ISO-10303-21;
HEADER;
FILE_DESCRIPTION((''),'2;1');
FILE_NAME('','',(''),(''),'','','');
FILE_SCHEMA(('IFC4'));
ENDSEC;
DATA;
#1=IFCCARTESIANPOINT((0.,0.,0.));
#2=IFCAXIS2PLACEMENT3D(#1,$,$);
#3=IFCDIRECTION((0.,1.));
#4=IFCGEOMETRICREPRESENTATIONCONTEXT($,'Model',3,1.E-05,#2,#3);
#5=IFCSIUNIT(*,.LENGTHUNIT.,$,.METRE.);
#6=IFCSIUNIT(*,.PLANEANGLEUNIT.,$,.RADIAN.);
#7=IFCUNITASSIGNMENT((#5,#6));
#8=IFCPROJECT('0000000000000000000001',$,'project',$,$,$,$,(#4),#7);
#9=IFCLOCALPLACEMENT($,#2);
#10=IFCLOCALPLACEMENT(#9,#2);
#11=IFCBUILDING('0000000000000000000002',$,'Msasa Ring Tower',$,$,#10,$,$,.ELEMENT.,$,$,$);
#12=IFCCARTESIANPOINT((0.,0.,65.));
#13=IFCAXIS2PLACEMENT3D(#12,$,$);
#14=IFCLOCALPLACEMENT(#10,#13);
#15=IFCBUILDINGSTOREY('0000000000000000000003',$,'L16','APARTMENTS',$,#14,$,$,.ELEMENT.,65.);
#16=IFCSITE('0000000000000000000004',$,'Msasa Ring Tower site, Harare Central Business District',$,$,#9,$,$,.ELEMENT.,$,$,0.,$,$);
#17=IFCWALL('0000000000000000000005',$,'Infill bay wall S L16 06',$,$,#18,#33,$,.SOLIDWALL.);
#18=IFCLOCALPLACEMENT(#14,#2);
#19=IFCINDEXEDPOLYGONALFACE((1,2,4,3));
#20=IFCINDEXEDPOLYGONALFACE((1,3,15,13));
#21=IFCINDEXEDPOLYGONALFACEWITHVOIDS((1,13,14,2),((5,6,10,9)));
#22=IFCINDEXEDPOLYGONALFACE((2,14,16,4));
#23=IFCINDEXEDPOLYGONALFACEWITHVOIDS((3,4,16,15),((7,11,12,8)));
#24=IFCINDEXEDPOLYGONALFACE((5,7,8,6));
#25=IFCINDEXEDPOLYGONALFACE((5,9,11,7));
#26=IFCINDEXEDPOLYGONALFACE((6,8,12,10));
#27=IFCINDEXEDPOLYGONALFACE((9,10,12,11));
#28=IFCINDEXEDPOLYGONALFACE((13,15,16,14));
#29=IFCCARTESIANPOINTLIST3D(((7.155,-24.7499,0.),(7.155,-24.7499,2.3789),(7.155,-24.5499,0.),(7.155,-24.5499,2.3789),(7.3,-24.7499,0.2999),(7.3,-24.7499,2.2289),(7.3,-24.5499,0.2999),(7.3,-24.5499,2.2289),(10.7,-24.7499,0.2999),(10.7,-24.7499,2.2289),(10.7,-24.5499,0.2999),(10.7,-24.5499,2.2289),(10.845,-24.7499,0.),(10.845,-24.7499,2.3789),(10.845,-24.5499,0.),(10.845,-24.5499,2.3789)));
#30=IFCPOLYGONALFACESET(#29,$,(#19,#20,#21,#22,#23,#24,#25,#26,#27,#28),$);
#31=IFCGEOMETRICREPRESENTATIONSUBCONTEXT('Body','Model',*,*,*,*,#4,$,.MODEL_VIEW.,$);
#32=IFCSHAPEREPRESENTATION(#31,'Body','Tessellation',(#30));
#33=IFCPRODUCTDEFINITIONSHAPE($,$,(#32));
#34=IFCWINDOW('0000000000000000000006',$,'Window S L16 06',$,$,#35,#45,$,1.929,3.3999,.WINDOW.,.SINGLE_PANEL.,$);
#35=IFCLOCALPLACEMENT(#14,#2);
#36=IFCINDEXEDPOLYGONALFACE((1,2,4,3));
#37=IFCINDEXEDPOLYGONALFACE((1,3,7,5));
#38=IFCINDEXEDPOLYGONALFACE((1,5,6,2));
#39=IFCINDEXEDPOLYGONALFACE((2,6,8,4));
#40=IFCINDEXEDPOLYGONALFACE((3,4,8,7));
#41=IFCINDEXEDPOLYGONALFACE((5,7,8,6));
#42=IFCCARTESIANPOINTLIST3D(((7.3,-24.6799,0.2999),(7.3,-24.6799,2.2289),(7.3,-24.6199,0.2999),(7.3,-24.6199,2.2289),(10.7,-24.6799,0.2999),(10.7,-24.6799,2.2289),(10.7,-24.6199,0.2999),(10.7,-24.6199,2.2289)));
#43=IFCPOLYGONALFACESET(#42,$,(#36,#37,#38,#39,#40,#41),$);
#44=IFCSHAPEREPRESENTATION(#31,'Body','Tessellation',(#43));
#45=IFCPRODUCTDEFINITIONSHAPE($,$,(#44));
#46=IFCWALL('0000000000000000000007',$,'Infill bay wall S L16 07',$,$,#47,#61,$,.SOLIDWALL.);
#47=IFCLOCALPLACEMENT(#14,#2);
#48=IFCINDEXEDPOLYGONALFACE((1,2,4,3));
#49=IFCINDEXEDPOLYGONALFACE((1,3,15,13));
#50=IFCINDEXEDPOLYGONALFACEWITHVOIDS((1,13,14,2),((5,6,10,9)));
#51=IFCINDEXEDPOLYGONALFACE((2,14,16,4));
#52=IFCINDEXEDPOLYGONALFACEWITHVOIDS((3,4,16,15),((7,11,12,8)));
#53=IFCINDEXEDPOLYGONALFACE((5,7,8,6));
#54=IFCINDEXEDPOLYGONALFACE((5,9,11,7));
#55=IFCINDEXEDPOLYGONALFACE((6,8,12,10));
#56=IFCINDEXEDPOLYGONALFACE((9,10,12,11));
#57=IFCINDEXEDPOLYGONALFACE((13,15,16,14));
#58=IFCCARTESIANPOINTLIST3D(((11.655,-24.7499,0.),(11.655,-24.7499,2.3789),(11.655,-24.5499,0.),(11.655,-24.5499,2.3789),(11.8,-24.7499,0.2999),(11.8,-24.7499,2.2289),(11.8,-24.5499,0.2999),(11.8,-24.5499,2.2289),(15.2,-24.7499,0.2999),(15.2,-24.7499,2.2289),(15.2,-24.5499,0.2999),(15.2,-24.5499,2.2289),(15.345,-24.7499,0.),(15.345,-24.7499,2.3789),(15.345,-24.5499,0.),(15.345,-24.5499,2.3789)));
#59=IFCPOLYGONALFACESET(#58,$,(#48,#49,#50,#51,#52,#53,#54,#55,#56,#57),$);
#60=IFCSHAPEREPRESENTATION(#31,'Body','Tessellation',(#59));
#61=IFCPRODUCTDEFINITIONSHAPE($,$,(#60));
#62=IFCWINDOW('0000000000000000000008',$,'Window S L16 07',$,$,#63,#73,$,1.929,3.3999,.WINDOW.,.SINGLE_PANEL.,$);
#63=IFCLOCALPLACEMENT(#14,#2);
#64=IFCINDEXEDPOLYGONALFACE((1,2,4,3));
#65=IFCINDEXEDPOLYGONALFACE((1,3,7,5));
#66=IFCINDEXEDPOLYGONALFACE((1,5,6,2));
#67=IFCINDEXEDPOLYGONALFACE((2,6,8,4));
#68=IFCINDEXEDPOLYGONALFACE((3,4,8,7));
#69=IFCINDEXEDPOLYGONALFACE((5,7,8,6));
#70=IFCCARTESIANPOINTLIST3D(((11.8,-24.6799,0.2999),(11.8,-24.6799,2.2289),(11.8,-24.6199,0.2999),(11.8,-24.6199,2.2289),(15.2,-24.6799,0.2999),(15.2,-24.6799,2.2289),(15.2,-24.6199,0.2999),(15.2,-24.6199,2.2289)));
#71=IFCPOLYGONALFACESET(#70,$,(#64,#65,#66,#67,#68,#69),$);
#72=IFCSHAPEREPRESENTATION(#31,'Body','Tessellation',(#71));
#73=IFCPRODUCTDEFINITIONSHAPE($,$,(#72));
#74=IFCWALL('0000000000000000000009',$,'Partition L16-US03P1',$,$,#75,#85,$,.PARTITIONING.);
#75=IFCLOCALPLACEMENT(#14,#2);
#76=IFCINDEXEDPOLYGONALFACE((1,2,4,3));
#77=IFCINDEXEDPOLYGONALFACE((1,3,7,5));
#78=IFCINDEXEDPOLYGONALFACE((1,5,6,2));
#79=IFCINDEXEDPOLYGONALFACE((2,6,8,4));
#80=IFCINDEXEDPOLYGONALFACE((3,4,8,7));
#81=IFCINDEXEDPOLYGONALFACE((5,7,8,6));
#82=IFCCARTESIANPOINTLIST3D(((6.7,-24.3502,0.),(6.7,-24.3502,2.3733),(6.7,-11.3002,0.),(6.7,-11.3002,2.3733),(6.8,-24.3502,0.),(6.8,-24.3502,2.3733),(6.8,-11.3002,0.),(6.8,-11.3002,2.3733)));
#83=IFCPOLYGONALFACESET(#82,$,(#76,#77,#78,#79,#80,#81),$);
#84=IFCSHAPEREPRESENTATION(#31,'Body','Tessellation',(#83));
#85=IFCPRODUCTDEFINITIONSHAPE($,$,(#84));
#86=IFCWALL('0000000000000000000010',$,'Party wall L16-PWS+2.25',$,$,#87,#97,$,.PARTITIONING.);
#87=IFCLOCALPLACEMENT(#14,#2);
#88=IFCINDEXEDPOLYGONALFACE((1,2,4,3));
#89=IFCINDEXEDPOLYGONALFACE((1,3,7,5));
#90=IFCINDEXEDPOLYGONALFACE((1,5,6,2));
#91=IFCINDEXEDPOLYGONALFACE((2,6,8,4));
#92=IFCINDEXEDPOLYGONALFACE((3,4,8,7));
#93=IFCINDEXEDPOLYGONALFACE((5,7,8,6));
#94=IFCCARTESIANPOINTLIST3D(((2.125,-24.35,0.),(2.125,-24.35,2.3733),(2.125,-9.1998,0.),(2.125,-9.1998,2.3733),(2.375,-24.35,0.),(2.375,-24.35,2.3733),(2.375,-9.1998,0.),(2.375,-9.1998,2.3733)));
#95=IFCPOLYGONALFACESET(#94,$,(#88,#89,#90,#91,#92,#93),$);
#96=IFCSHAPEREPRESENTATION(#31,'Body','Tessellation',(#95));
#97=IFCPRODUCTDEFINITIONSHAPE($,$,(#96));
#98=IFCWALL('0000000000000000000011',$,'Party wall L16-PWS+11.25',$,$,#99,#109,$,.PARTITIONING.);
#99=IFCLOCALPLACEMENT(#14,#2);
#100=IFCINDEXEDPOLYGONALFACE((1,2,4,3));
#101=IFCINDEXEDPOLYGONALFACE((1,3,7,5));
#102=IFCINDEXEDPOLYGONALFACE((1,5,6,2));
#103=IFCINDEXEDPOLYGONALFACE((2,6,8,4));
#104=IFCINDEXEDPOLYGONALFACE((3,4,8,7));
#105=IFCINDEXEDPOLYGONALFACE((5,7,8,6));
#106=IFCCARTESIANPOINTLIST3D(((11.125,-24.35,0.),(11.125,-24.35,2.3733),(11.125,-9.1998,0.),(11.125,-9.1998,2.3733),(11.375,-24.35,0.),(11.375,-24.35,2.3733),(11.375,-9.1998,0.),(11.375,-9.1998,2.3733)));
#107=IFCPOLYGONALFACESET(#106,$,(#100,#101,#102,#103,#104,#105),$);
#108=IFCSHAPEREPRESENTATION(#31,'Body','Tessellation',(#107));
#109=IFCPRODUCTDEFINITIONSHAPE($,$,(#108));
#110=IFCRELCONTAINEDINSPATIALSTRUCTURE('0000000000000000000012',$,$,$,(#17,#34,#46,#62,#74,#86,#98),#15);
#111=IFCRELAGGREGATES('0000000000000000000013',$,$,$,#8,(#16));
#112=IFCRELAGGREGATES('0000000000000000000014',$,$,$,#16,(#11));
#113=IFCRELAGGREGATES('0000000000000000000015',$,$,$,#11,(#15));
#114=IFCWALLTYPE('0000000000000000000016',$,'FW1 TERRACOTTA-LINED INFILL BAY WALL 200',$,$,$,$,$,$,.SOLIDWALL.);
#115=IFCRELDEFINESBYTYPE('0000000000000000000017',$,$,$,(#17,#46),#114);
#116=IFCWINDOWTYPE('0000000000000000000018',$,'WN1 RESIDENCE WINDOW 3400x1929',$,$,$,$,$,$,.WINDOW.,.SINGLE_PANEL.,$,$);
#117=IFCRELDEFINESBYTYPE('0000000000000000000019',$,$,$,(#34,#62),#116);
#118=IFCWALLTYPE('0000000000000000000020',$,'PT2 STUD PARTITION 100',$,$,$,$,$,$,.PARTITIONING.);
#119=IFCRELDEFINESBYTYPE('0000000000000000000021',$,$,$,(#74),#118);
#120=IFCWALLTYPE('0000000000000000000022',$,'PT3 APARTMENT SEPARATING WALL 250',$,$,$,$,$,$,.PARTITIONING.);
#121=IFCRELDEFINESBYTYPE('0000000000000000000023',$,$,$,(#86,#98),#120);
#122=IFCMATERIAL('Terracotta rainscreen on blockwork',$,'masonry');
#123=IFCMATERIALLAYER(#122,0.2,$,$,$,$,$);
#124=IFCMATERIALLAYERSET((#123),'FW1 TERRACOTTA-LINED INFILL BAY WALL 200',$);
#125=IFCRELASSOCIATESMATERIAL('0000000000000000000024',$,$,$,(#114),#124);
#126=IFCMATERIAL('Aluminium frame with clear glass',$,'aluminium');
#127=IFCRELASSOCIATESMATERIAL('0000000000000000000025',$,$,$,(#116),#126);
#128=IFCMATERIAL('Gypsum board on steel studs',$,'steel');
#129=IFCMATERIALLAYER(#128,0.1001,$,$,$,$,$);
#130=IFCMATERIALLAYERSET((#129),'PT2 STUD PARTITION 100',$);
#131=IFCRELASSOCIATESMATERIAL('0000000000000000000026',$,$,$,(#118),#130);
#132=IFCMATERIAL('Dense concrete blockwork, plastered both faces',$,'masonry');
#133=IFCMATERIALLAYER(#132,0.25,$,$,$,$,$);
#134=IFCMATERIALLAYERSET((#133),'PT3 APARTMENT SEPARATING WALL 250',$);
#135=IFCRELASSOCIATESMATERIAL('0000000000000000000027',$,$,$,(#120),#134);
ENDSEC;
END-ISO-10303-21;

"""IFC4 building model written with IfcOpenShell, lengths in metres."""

from ifc_helpers import new_model, si_unit, direction, frame, frame_2d, origin, place, context, subcontext, project, spatial, rectangle, extrude, material, layer, layer_set, type_object, element, fill, save


model = new_model("IFC4")

# Units and contexts
model_context = context("Model", 3, precision=1e-05, world=origin(), true_north=direction((0.0, 1.0)))
body_context = subcontext(model_context, "Body", "Model", "MODEL_VIEW")
ifc_project = project(units=[si_unit("LENGTHUNIT", "METRE"), si_unit("PLANEANGLEUNIT", "RADIAN")], contexts=[model_context])

# Site, building, storey
site_placement = place(None, origin())
site = spatial("IfcSite", under=ifc_project, at=site_placement, Name="Msasa Ring Tower site, Harare Central Business District", CompositionType="ELEMENT", RefElevation=0.0)
building_placement = place(site_placement, origin())
building = spatial("IfcBuilding", under=site, at=building_placement, Name="Msasa Ring Tower", CompositionType="ELEMENT")
storey_placement = place(building_placement, frame((0.0, 0.0, 65.0)))
storey = spatial("IfcBuildingStorey", under=building, at=storey_placement, Name="L16", Description="APARTMENTS", CompositionType="ELEMENT", Elevation=65.0)

# Walls, openings, windows
ifc_material_1 = material(Name="Terracotta rainscreen on blockwork", Category="masonry")
ifc_layer_1 = layer(ifc_material_1, 0.2)
ifc_layer_set_1 = layer_set([ifc_layer_1], Name="FW1 TERRACOTTA-LINED INFILL BAY WALL 200")
wall_type_1 = type_object("IfcWallType", Name="FW1 TERRACOTTA-LINED INFILL BAY WALL 200", PredefinedType="SOLIDWALL", material=ifc_layer_set_1)
ifc_material_2 = material(Name="Aluminium frame with clear glass", Category="aluminium")
window_type = type_object("IfcWindowType", Name="WN1 RESIDENCE WINDOW 3400x1929", PartitioningType="SINGLE_PANEL", PredefinedType="WINDOW", material=ifc_material_2)
wall_1_placement = place(storey_placement, frame((7.155, -24.6499, 0.0), z_axis=(0.0, 0.0, 1.0), x_axis=(1.0, 0.0, 0.0)))
wall_1 = element("IfcWall", 1, at=wall_1_placement, inside=storey, type_object=wall_type_1, Name="Infill bay wall S L16 06", PredefinedType="SOLIDWALL", context=body_context, shape_type="SweptSolid", body=[
    extrude(rectangle(XDim=3.6899, YDim=0.2, at=frame_2d((1.845, 0.0))), origin(), (0.0, 0.0, 1.0), 2.3789),
])
opening_1_placement = place(wall_1_placement, frame((0.145, 0.0, 0.3)))
opening_1 = element("IfcOpeningElement", 2, at=opening_1_placement, cuts=wall_1, PredefinedType="OPENING", context=body_context, shape_type="SweptSolid", body=[
    extrude(rectangle(XDim=3.3999, YDim=1.929, at=frame_2d((1.7, 0.9644))), frame((0.0, 0.1099, 0.0), z_axis=(0.0, -1.0, 0.0), x_axis=(1.0, 0.0, 0.0)), (0.0, 0.0, 1.0), 0.22),
])
window_1_placement = place(opening_1_placement, origin())
window_1 = element("IfcWindow", 3, at=window_1_placement, inside=storey, type_object=window_type, Name="Window S L16 06", OverallHeight=1.929, OverallWidth=3.3999, PartitioningType="SINGLE_PANEL", PredefinedType="WINDOW", context=body_context, shape_type="SweptSolid", body=[
    extrude(rectangle(XDim=3.3999, YDim=1.929, at=frame_2d((1.7, 0.9644))), frame((0.0, 0.03, 0.0), z_axis=(0.0, -1.0, 0.0), x_axis=(1.0, 0.0, 0.0)), (0.0, 0.0, 1.0), 0.0601),
])
fill(opening_1, window_1)
wall_2_placement = place(storey_placement, frame((11.655, -24.6499, 0.0), z_axis=(0.0, 0.0, 1.0), x_axis=(1.0, 0.0, 0.0)))
wall_2 = element("IfcWall", 4, at=wall_2_placement, inside=storey, type_object=wall_type_1, Name="Infill bay wall S L16 07", PredefinedType="SOLIDWALL", context=body_context, shape_type="SweptSolid", body=[
    extrude(rectangle(XDim=3.6899, YDim=0.2, at=frame_2d((1.845, 0.0))), origin(), (0.0, 0.0, 1.0), 2.3789),
])
opening_2_placement = place(wall_2_placement, frame((0.145, 0.0, 0.3)))
opening_2 = element("IfcOpeningElement", 5, at=opening_2_placement, cuts=wall_2, PredefinedType="OPENING", context=body_context, shape_type="SweptSolid", body=[
    extrude(rectangle(XDim=3.3999, YDim=1.929, at=frame_2d((1.7, 0.9644))), frame((0.0, 0.1099, 0.0), z_axis=(0.0, -1.0, 0.0), x_axis=(1.0, 0.0, 0.0)), (0.0, 0.0, 1.0), 0.22),
])
window_2_placement = place(opening_2_placement, origin())
window_2 = element("IfcWindow", 6, at=window_2_placement, inside=storey, type_object=window_type, Name="Window S L16 07", OverallHeight=1.929, OverallWidth=3.3999, PartitioningType="SINGLE_PANEL", PredefinedType="WINDOW", context=body_context, shape_type="SweptSolid", body=[
    extrude(rectangle(XDim=3.3999, YDim=1.929, at=frame_2d((1.7, 0.9644))), frame((0.0, 0.03, 0.0), z_axis=(0.0, -1.0, 0.0), x_axis=(1.0, 0.0, 0.0)), (0.0, 0.0, 1.0), 0.0601),
])
fill(opening_2, window_2)

# Walls
ifc_material_3 = material(Name="Gypsum board on steel studs", Category="steel")
ifc_layer_2 = layer(ifc_material_3, 0.1001)
ifc_layer_set_2 = layer_set([ifc_layer_2], Name="PT2 STUD PARTITION 100")
wall_type_2 = type_object("IfcWallType", Name="PT2 STUD PARTITION 100", PredefinedType="PARTITIONING", material=ifc_layer_set_2)
wall_3_placement = place(storey_placement, frame((6.75, -24.3501, 0.0), z_axis=(0.0, 0.0, 1.0), x_axis=(0.0, 1.0, 0.0)))
element("IfcWall", 7, at=wall_3_placement, inside=storey, type_object=wall_type_2, Name="Partition L16-US03P1", PredefinedType="PARTITIONING", context=body_context, shape_type="SweptSolid", body=[
    extrude(rectangle(XDim=13.05, YDim=0.1001, at=frame_2d((6.5249, 0.0))), origin(), (0.0, 0.0, 1.0), 2.3733),
])
ifc_material_4 = material(Name="Dense concrete blockwork, plastered both faces", Category="masonry")
ifc_layer_3 = layer(ifc_material_4, 0.25)
ifc_layer_set_3 = layer_set([ifc_layer_3], Name="PT3 APARTMENT SEPARATING WALL 250")
wall_type_3 = type_object("IfcWallType", Name="PT3 APARTMENT SEPARATING WALL 250", PredefinedType="PARTITIONING", material=ifc_layer_set_3)
for number, where, z_axis, x_axis, name in (
    (8, (2.25, -24.3501, 0.0), (0.0, 0.0, 1.0), (0.0, 1.0, 0.0), "Party wall L16-PWS+2.25"),
    (9, (11.25, -24.3501, 0.0), (0.0, 0.0, 1.0), (0.0, 1.0, 0.0), "Party wall L16-PWS+11.25"),
):
    element("IfcWall", number, at=place(storey_placement, frame(where, z_axis=z_axis, x_axis=x_axis)), inside=storey, type_object=wall_type_3, Name=name, PredefinedType="PARTITIONING", context=body_context, shape_type="SweptSolid", body=[
        extrude(rectangle(XDim=15.1501, YDim=0.25, at=frame_2d((7.5752, 0.0))), origin(), (0.0, 0.0, 1.0), 2.3733),
    ])

save(model, "model.ifc")
